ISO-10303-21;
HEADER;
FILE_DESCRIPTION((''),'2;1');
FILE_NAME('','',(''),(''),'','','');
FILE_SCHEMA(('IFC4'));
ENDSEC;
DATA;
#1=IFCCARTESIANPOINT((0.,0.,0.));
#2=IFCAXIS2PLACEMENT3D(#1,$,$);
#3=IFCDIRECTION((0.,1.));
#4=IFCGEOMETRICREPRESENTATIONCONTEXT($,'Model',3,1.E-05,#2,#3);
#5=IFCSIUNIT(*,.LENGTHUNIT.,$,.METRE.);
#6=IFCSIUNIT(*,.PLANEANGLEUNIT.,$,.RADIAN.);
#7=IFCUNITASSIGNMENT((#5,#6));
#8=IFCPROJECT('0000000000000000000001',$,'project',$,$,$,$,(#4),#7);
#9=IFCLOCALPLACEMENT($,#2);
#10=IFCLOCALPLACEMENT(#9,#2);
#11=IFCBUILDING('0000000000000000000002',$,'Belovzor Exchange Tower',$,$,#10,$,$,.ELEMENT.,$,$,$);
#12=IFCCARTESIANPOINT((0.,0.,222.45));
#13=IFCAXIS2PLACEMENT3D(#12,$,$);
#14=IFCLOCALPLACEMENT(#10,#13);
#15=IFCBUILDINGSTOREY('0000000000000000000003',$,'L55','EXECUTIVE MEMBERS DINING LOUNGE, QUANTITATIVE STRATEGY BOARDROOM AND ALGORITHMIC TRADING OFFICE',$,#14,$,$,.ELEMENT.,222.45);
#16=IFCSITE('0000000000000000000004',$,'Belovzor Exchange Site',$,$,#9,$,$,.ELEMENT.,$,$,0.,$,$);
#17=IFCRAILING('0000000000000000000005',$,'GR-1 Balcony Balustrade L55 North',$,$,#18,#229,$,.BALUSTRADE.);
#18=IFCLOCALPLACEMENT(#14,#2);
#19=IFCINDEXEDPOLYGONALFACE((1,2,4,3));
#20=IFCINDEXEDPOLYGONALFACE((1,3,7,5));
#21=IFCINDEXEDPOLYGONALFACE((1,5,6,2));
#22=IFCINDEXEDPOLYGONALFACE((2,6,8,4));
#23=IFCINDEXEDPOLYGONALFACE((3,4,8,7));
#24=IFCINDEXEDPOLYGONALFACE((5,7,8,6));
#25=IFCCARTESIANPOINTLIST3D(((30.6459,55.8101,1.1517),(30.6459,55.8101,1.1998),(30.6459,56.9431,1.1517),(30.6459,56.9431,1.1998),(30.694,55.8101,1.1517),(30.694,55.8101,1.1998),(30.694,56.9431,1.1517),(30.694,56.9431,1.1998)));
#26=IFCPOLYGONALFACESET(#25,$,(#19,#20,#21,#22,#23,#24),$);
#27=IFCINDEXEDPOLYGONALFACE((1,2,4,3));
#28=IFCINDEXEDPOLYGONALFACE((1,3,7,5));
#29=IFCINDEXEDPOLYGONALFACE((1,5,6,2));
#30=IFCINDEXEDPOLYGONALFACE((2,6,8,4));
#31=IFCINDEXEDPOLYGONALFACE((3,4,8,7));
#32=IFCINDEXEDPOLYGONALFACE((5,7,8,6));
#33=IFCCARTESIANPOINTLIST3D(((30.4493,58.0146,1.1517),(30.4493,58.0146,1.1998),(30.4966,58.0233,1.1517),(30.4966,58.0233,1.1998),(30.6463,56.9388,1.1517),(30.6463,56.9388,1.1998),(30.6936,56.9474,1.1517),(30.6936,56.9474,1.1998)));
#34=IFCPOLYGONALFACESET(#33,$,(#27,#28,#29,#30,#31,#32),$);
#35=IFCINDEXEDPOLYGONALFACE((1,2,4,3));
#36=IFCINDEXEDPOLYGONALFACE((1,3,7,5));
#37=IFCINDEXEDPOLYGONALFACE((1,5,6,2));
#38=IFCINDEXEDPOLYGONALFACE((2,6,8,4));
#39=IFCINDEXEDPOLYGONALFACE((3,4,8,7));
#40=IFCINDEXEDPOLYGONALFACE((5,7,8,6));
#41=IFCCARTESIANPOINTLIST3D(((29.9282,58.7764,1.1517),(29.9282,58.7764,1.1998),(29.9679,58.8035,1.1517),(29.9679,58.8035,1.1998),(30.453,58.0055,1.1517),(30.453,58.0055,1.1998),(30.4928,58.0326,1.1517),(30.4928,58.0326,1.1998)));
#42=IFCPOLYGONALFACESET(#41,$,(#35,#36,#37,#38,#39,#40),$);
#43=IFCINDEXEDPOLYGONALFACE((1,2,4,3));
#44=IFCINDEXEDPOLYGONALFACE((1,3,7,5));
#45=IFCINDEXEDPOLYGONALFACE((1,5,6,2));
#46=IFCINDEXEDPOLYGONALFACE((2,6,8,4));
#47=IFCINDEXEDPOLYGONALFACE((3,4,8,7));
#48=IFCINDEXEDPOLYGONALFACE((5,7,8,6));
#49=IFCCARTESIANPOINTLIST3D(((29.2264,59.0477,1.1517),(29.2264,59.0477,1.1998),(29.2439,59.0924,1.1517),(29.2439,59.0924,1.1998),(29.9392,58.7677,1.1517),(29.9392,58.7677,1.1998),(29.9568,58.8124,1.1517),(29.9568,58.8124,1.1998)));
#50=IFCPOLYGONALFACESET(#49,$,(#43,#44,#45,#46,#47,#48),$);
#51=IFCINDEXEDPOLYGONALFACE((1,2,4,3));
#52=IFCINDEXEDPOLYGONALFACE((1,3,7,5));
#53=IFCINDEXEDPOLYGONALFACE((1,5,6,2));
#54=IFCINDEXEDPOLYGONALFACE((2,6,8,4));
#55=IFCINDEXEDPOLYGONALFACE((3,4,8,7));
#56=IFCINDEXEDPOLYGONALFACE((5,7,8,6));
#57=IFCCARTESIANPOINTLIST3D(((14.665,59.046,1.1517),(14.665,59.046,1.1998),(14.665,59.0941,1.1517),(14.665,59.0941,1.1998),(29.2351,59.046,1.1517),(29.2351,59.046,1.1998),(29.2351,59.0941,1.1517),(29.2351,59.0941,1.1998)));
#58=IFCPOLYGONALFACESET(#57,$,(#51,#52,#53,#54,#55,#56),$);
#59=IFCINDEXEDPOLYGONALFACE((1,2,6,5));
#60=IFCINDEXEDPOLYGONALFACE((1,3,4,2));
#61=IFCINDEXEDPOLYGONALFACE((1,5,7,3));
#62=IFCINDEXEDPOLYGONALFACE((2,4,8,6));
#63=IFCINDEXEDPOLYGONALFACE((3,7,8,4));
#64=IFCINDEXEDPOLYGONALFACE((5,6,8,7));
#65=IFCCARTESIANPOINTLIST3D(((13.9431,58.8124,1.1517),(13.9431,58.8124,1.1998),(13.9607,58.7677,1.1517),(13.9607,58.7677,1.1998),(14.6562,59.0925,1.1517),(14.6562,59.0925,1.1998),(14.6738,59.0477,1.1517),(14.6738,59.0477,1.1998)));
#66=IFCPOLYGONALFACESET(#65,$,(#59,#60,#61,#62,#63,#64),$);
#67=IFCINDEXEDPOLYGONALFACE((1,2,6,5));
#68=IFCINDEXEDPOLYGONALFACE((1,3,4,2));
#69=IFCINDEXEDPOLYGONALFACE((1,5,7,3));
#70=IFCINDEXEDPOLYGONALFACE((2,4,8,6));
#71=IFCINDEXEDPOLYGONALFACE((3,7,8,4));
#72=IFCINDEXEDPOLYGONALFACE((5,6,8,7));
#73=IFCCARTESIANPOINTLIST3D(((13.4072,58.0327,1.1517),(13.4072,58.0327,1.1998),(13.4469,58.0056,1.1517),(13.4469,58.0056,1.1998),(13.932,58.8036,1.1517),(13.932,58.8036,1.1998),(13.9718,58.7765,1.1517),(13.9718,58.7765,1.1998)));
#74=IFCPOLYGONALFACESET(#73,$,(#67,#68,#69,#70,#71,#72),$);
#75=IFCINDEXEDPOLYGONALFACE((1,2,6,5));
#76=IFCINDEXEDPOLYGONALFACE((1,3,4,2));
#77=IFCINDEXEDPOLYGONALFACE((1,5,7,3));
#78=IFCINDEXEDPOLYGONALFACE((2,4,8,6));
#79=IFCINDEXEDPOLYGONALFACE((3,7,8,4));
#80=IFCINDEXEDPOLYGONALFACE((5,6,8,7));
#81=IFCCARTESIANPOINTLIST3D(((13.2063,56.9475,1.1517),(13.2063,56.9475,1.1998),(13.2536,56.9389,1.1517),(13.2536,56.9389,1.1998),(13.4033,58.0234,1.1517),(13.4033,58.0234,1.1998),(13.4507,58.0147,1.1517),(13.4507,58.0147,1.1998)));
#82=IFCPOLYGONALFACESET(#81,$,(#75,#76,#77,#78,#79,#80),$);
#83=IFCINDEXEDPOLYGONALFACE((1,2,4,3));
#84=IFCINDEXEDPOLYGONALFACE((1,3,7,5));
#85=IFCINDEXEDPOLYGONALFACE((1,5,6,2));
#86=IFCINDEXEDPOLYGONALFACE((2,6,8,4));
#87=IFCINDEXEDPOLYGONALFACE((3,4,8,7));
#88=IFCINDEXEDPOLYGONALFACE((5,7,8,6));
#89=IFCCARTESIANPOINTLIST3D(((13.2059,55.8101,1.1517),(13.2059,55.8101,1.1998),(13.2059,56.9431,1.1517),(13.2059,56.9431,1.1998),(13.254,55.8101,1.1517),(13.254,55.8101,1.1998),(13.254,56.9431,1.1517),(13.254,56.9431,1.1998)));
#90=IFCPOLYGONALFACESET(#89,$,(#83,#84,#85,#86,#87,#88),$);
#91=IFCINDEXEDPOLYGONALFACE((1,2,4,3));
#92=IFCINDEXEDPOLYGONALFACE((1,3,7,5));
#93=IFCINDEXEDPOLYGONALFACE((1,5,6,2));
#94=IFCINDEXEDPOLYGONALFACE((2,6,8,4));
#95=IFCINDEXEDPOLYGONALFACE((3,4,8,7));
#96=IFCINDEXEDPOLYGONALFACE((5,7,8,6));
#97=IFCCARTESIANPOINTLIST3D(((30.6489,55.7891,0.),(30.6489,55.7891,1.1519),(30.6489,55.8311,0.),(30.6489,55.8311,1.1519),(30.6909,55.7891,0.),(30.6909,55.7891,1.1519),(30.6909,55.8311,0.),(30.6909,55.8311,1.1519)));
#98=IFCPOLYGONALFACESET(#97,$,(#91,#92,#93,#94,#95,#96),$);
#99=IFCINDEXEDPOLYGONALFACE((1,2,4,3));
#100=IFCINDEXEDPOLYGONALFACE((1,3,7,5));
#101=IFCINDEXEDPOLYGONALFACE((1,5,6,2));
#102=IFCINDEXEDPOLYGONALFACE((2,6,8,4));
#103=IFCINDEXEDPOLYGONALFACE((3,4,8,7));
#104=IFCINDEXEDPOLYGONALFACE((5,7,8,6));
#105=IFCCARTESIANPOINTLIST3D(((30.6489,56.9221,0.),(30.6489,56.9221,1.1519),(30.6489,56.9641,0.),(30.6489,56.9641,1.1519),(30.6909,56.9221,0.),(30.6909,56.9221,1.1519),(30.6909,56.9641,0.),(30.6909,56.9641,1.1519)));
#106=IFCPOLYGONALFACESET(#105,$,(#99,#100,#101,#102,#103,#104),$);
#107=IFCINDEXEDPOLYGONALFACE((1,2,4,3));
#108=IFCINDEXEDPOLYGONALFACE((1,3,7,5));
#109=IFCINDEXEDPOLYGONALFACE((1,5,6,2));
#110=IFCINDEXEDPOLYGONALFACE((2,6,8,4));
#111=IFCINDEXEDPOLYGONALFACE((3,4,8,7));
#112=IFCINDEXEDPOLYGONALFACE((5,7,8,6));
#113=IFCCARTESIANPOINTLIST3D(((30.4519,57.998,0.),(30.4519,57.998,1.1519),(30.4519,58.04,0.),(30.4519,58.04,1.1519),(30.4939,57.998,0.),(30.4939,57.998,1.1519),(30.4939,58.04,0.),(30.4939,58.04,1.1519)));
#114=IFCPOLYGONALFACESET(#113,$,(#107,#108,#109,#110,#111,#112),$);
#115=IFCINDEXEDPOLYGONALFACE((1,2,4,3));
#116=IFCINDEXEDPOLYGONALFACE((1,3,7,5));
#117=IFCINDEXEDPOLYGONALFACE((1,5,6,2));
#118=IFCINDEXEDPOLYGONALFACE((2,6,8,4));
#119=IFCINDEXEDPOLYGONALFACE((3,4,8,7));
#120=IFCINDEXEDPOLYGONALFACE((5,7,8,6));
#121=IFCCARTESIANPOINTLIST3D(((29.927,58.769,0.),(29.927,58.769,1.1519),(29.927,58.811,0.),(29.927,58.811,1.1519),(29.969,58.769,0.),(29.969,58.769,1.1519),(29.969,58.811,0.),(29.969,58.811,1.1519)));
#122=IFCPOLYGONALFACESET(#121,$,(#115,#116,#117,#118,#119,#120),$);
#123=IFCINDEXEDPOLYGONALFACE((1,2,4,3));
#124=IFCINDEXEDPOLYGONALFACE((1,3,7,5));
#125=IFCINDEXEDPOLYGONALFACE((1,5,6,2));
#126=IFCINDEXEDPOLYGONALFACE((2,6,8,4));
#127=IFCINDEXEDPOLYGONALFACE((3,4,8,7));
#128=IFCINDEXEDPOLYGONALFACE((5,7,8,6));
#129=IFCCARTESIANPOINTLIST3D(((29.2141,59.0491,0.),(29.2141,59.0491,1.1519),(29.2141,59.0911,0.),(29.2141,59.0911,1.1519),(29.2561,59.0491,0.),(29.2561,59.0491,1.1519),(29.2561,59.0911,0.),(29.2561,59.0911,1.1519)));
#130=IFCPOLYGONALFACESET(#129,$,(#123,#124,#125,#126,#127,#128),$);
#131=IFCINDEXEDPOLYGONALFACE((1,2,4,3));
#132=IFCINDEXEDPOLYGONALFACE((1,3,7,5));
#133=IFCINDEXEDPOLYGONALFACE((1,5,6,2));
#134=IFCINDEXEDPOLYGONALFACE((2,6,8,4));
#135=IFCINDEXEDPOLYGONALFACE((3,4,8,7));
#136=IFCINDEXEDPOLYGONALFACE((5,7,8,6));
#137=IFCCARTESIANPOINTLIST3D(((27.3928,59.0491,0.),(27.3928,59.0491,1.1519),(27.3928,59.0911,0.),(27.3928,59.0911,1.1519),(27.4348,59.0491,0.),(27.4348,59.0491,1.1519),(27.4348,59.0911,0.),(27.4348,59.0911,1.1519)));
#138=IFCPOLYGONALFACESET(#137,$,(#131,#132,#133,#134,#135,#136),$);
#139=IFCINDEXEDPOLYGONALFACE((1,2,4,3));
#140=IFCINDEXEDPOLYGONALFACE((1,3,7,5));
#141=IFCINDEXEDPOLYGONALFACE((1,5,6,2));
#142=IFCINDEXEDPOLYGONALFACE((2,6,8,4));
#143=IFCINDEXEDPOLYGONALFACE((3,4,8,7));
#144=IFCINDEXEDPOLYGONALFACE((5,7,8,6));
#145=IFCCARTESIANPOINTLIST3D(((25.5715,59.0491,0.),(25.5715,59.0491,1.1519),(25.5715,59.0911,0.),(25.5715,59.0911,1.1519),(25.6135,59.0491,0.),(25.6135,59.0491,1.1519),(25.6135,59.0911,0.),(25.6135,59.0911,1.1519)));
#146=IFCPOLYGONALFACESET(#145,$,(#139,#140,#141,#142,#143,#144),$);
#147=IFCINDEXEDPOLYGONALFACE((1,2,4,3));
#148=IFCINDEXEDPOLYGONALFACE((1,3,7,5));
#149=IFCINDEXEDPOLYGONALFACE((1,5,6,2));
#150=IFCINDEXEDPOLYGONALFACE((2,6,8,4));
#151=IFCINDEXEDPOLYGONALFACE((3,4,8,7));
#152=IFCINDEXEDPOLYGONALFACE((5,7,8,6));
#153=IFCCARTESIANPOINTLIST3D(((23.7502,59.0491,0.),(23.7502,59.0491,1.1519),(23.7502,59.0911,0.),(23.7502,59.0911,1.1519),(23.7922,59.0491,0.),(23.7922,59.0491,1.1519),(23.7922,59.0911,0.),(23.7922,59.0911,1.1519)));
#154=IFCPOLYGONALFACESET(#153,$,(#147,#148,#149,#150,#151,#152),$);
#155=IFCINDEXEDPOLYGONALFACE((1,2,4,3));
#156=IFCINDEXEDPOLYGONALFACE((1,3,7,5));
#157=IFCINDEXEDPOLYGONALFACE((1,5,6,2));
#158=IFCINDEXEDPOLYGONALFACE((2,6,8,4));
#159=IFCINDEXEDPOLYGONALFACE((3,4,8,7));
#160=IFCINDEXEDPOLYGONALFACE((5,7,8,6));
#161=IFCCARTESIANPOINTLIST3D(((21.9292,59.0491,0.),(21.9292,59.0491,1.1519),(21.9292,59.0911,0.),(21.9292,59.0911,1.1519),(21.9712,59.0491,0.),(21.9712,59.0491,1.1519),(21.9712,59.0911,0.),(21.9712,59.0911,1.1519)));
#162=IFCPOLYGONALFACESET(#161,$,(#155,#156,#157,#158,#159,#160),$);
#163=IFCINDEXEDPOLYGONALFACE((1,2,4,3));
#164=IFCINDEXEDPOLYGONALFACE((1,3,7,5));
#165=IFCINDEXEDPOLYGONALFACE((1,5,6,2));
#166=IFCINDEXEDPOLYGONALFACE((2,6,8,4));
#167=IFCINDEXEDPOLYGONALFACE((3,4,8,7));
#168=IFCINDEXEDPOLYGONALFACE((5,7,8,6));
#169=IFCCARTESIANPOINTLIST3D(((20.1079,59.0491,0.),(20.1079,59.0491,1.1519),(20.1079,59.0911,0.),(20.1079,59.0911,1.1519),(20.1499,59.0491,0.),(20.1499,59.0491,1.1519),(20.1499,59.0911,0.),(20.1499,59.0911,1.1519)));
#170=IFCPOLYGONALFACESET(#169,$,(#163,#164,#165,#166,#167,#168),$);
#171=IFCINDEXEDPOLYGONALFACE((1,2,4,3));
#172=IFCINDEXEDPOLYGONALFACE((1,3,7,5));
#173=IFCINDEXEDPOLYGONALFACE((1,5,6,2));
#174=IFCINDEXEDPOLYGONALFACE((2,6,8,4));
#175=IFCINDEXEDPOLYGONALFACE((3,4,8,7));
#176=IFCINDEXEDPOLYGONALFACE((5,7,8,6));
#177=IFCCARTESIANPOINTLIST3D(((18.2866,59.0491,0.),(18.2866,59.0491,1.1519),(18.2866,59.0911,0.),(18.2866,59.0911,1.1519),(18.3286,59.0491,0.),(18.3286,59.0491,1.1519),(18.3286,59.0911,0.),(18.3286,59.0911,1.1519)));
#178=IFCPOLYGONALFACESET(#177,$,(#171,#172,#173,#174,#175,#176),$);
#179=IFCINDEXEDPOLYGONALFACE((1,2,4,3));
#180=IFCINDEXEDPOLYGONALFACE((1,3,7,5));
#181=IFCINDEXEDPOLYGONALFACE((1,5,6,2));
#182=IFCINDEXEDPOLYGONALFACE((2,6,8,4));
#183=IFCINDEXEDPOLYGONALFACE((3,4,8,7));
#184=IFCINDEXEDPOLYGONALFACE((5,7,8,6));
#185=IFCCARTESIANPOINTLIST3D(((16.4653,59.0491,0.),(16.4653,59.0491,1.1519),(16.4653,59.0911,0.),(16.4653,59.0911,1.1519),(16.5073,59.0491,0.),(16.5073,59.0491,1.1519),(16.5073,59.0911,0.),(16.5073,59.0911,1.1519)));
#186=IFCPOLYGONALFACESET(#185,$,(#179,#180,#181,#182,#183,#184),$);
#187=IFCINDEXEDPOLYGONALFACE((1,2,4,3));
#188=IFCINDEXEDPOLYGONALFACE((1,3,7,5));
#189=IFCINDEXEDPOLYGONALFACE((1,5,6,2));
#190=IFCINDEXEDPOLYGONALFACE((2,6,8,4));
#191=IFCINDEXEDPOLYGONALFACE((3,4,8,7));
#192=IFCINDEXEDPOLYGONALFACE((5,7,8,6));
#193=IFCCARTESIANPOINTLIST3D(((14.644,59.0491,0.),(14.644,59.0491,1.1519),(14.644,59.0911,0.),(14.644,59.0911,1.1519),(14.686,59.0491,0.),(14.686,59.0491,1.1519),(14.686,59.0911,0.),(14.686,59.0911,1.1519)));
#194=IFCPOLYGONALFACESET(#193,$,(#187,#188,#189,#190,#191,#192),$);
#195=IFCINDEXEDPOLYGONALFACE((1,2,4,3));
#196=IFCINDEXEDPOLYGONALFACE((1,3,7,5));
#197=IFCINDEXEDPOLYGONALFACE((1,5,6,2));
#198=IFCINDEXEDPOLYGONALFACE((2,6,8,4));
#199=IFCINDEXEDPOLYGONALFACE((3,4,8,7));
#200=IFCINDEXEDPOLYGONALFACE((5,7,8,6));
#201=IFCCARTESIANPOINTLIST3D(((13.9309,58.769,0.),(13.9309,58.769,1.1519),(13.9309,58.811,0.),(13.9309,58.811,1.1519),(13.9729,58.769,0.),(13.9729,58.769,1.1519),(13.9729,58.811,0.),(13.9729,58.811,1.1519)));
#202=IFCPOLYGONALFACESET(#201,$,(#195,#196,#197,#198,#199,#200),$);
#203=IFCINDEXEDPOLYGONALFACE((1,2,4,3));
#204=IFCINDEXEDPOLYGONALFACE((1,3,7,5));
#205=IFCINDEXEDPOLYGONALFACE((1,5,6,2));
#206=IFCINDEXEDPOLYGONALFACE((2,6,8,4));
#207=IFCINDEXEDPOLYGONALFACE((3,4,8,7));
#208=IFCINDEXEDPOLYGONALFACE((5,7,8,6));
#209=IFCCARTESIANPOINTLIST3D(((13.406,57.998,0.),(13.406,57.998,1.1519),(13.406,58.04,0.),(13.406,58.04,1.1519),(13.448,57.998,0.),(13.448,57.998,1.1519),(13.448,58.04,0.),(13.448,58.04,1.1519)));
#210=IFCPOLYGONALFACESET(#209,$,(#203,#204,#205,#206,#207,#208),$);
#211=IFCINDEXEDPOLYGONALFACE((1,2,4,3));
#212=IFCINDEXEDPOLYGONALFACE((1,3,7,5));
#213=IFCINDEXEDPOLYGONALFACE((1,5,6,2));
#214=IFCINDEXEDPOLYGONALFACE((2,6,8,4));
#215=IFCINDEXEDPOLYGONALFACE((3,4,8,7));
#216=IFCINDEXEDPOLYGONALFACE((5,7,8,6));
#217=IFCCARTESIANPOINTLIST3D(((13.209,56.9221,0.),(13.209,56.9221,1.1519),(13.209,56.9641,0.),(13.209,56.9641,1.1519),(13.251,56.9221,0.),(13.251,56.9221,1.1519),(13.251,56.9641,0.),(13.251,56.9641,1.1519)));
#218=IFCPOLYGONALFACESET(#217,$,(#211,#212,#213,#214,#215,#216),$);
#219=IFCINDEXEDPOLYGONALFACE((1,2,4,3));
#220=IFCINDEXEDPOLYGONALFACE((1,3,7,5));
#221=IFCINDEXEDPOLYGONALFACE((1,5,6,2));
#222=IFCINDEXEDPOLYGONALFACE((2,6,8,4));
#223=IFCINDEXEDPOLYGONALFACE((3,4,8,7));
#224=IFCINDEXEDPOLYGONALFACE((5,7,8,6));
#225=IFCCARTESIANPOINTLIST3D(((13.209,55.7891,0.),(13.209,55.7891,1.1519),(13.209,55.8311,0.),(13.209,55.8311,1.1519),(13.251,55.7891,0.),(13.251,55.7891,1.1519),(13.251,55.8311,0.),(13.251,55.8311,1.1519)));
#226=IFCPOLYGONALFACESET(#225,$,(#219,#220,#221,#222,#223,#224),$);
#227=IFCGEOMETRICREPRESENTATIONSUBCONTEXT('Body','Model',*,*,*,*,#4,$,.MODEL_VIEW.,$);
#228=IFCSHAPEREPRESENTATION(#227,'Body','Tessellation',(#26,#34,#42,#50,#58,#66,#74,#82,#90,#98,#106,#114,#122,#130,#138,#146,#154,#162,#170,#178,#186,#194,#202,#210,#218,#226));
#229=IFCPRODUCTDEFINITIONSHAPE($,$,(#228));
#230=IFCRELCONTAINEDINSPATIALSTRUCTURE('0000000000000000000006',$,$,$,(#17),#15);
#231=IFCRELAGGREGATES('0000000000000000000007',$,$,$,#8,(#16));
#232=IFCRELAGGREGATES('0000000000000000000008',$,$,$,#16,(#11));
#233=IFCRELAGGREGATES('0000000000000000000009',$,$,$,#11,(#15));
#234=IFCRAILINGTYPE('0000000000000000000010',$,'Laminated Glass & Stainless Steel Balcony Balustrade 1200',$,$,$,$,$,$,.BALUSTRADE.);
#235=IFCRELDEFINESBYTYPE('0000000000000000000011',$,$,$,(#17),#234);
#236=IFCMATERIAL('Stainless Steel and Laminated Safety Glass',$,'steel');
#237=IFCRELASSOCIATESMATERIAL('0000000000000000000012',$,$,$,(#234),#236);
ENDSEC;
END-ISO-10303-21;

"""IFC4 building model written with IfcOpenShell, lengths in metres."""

from ifc_helpers import new_model, si_unit, direction, frame, origin, origin_2d, place, context, subcontext, project, spatial, rectangle, extrude, material, type_object, element, save


model = new_model("IFC4")

# Units and contexts
model_context = context("Model", 3, precision=1e-05, world=origin(), true_north=direction((0.0, 1.0)))
body_context = subcontext(model_context, "Body", "Model", "MODEL_VIEW")
ifc_project = project(units=[si_unit("LENGTHUNIT", "METRE"), si_unit("PLANEANGLEUNIT", "RADIAN")], contexts=[model_context])

# Site, building, storey
site_placement = place(None, origin())
site = spatial("IfcSite", under=ifc_project, at=site_placement, Name="Belovzor Exchange Site", CompositionType="ELEMENT", RefElevation=0.0)
building_placement = place(site_placement, origin())
building = spatial("IfcBuilding", under=site, at=building_placement, Name="Belovzor Exchange Tower", CompositionType="ELEMENT")
storey_placement = place(building_placement, frame((0.0, 0.0, 222.45)))
storey = spatial("IfcBuildingStorey", under=building, at=storey_placement, Name="L55", Description="EXECUTIVE MEMBERS DINING LOUNGE, QUANTITATIVE STRATEGY BOARDROOM AND ALGORITHMIC TRADING OFFICE", CompositionType="ELEMENT", Elevation=222.45)

# Railing
ifc_material_1 = material(Name="Stainless Steel and Laminated Safety Glass", Category="steel")
railing_type_1 = type_object("IfcRailingType", Name="Laminated Glass & Stainless Steel Balcony Balustrade 1200", PredefinedType="BALUSTRADE", material=ifc_material_1)
railing_1_placement = place(storey_placement, frame((30.6699, 55.8101, 0.0)))
element("IfcRailing", 1, at=railing_1_placement, inside=storey, type_object=railing_type_1, Name="GR-1 Balcony Balustrade L55 North", PredefinedType="BALUSTRADE", context=body_context, shape_type="SweptSolid", body=[
    extrude(rectangle(XDim=0.0481, YDim=0.0481, at=origin_2d()), frame((0.0, 0.0, 1.1758), z_axis=(0.0, 1.0, 0.0), x_axis=(-1.0, 0.0, 0.0)), (0.0, 0.0, 1.0), 1.1331),
    extrude(rectangle(XDim=0.0481, YDim=0.0481, at=origin_2d()), frame((0.0, 1.1331, 1.1758), z_axis=(-0.180123, 0.983644, 0.0), x_axis=(-0.983644, -0.180123, 0.0)), (0.0, 0.0, 1.0), 1.0938),
    extrude(rectangle(XDim=0.0481, YDim=0.0481, at=origin_2d()), frame((-0.197, 2.209, 1.1758), z_axis=(-0.562768, 0.826615, 0.0), x_axis=(-0.826615, -0.562768, 0.0)), (0.0, 0.0, 1.0), 0.9326),
    extrude(rectangle(XDim=0.0481, YDim=0.0481, at=origin_2d()), frame((-0.7219, 2.98, 1.1758), z_axis=(-0.930767, 0.365613, 0.0), x_axis=(-0.365613, -0.930767, 0.0)), (0.0, 0.0, 1.0), 0.7659),
    extrude(rectangle(XDim=0.0481, YDim=0.0481, at=origin_2d()), frame((-1.4348, 3.26, 1.1758), z_axis=(-1.0, 0.0, 0.0), x_axis=(0.0, -1.0, 0.0)), (0.0, 0.0, 1.0), 14.5701),
    extrude(rectangle(XDim=0.0481, YDim=0.0481, at=origin_2d()), frame((-16.0049, 3.26, 1.1758), z_axis=(-0.93081, -0.365504, 0.0), x_axis=(0.365504, -0.93081, 0.0)), (0.0, 0.0, 1.0), 0.7661),
    extrude(rectangle(XDim=0.0481, YDim=0.0481, at=origin_2d()), frame((-16.718, 2.98, 1.1758), z_axis=(-0.562768, -0.826615, 0.0), x_axis=(0.826615, -0.562768, 0.0)), (0.0, 0.0, 1.0), 0.9326),
    extrude(rectangle(XDim=0.0481, YDim=0.0481, at=origin_2d()), frame((-17.2429, 2.209, 1.1758), z_axis=(-0.180123, -0.983644, 0.0), x_axis=(0.983644, -0.180123, 0.0)), (0.0, 0.0, 1.0), 1.0938),
    extrude(rectangle(XDim=0.0481, YDim=0.0481, at=origin_2d()), frame((-17.4399, 1.1331, 1.1758), z_axis=(0.0, -1.0, 0.0), x_axis=(1.0, 0.0, 0.0)), (0.0, 0.0, 1.0), 1.1331),
    extrude(rectangle(XDim=0.042, YDim=0.042, at=origin_2d()), origin(), (0.0, 0.0, 1.0), 1.1519),
    extrude(rectangle(XDim=0.042, YDim=0.042, at=origin_2d()), frame((0.0, 1.1331, 0.0)), (0.0, 0.0, 1.0), 1.1519),
    extrude(rectangle(XDim=0.042, YDim=0.042, at=origin_2d()), frame((-0.197, 2.209, 0.0)), (0.0, 0.0, 1.0), 1.1519),
    extrude(rectangle(XDim=0.042, YDim=0.042, at=origin_2d()), frame((-0.7219, 2.98, 0.0)), (0.0, 0.0, 1.0), 1.1519),
    extrude(rectangle(XDim=0.042, YDim=0.042, at=origin_2d()), frame((-1.4348, 3.26, 0.0)), (0.0, 0.0, 1.0), 1.1519),
    extrude(rectangle(XDim=0.042, YDim=0.042, at=origin_2d()), frame((-3.2561, 3.26, 0.0)), (0.0, 0.0, 1.0), 1.1519),
    extrude(rectangle(XDim=0.042, YDim=0.042, at=origin_2d()), frame((-5.0774, 3.26, 0.0)), (0.0, 0.0, 1.0), 1.1519),
    extrude(rectangle(XDim=0.042, YDim=0.042, at=origin_2d()), frame((-6.8987, 3.26, 0.0)), (0.0, 0.0, 1.0), 1.1519),
    extrude(rectangle(XDim=0.042, YDim=0.042, at=origin_2d()), frame((-8.7197, 3.26, 0.0)), (0.0, 0.0, 1.0), 1.1519),
    extrude(rectangle(XDim=0.042, YDim=0.042, at=origin_2d()), frame((-10.541, 3.26, 0.0)), (0.0, 0.0, 1.0), 1.1519),
    extrude(rectangle(XDim=0.042, YDim=0.042, at=origin_2d()), frame((-12.3623, 3.26, 0.0)), (0.0, 0.0, 1.0), 1.1519),
    extrude(rectangle(XDim=0.042, YDim=0.042, at=origin_2d()), frame((-14.1836, 3.26, 0.0)), (0.0, 0.0, 1.0), 1.1519),
    extrude(rectangle(XDim=0.042, YDim=0.042, at=origin_2d()), frame((-16.0049, 3.26, 0.0)), (0.0, 0.0, 1.0), 1.1519),
    extrude(rectangle(XDim=0.042, YDim=0.042, at=origin_2d()), frame((-16.718, 2.98, 0.0)), (0.0, 0.0, 1.0), 1.1519),
    extrude(rectangle(XDim=0.042, YDim=0.042, at=origin_2d()), frame((-17.2429, 2.209, 0.0)), (0.0, 0.0, 1.0), 1.1519),
    extrude(rectangle(XDim=0.042, YDim=0.042, at=origin_2d()), frame((-17.4399, 1.1331, 0.0)), (0.0, 0.0, 1.0), 1.1519),
    extrude(rectangle(XDim=0.042, YDim=0.042, at=origin_2d()), frame((-17.4399, 0.0, 0.0)), (0.0, 0.0, 1.0), 1.1519),
])

save(model, "model.ifc")
